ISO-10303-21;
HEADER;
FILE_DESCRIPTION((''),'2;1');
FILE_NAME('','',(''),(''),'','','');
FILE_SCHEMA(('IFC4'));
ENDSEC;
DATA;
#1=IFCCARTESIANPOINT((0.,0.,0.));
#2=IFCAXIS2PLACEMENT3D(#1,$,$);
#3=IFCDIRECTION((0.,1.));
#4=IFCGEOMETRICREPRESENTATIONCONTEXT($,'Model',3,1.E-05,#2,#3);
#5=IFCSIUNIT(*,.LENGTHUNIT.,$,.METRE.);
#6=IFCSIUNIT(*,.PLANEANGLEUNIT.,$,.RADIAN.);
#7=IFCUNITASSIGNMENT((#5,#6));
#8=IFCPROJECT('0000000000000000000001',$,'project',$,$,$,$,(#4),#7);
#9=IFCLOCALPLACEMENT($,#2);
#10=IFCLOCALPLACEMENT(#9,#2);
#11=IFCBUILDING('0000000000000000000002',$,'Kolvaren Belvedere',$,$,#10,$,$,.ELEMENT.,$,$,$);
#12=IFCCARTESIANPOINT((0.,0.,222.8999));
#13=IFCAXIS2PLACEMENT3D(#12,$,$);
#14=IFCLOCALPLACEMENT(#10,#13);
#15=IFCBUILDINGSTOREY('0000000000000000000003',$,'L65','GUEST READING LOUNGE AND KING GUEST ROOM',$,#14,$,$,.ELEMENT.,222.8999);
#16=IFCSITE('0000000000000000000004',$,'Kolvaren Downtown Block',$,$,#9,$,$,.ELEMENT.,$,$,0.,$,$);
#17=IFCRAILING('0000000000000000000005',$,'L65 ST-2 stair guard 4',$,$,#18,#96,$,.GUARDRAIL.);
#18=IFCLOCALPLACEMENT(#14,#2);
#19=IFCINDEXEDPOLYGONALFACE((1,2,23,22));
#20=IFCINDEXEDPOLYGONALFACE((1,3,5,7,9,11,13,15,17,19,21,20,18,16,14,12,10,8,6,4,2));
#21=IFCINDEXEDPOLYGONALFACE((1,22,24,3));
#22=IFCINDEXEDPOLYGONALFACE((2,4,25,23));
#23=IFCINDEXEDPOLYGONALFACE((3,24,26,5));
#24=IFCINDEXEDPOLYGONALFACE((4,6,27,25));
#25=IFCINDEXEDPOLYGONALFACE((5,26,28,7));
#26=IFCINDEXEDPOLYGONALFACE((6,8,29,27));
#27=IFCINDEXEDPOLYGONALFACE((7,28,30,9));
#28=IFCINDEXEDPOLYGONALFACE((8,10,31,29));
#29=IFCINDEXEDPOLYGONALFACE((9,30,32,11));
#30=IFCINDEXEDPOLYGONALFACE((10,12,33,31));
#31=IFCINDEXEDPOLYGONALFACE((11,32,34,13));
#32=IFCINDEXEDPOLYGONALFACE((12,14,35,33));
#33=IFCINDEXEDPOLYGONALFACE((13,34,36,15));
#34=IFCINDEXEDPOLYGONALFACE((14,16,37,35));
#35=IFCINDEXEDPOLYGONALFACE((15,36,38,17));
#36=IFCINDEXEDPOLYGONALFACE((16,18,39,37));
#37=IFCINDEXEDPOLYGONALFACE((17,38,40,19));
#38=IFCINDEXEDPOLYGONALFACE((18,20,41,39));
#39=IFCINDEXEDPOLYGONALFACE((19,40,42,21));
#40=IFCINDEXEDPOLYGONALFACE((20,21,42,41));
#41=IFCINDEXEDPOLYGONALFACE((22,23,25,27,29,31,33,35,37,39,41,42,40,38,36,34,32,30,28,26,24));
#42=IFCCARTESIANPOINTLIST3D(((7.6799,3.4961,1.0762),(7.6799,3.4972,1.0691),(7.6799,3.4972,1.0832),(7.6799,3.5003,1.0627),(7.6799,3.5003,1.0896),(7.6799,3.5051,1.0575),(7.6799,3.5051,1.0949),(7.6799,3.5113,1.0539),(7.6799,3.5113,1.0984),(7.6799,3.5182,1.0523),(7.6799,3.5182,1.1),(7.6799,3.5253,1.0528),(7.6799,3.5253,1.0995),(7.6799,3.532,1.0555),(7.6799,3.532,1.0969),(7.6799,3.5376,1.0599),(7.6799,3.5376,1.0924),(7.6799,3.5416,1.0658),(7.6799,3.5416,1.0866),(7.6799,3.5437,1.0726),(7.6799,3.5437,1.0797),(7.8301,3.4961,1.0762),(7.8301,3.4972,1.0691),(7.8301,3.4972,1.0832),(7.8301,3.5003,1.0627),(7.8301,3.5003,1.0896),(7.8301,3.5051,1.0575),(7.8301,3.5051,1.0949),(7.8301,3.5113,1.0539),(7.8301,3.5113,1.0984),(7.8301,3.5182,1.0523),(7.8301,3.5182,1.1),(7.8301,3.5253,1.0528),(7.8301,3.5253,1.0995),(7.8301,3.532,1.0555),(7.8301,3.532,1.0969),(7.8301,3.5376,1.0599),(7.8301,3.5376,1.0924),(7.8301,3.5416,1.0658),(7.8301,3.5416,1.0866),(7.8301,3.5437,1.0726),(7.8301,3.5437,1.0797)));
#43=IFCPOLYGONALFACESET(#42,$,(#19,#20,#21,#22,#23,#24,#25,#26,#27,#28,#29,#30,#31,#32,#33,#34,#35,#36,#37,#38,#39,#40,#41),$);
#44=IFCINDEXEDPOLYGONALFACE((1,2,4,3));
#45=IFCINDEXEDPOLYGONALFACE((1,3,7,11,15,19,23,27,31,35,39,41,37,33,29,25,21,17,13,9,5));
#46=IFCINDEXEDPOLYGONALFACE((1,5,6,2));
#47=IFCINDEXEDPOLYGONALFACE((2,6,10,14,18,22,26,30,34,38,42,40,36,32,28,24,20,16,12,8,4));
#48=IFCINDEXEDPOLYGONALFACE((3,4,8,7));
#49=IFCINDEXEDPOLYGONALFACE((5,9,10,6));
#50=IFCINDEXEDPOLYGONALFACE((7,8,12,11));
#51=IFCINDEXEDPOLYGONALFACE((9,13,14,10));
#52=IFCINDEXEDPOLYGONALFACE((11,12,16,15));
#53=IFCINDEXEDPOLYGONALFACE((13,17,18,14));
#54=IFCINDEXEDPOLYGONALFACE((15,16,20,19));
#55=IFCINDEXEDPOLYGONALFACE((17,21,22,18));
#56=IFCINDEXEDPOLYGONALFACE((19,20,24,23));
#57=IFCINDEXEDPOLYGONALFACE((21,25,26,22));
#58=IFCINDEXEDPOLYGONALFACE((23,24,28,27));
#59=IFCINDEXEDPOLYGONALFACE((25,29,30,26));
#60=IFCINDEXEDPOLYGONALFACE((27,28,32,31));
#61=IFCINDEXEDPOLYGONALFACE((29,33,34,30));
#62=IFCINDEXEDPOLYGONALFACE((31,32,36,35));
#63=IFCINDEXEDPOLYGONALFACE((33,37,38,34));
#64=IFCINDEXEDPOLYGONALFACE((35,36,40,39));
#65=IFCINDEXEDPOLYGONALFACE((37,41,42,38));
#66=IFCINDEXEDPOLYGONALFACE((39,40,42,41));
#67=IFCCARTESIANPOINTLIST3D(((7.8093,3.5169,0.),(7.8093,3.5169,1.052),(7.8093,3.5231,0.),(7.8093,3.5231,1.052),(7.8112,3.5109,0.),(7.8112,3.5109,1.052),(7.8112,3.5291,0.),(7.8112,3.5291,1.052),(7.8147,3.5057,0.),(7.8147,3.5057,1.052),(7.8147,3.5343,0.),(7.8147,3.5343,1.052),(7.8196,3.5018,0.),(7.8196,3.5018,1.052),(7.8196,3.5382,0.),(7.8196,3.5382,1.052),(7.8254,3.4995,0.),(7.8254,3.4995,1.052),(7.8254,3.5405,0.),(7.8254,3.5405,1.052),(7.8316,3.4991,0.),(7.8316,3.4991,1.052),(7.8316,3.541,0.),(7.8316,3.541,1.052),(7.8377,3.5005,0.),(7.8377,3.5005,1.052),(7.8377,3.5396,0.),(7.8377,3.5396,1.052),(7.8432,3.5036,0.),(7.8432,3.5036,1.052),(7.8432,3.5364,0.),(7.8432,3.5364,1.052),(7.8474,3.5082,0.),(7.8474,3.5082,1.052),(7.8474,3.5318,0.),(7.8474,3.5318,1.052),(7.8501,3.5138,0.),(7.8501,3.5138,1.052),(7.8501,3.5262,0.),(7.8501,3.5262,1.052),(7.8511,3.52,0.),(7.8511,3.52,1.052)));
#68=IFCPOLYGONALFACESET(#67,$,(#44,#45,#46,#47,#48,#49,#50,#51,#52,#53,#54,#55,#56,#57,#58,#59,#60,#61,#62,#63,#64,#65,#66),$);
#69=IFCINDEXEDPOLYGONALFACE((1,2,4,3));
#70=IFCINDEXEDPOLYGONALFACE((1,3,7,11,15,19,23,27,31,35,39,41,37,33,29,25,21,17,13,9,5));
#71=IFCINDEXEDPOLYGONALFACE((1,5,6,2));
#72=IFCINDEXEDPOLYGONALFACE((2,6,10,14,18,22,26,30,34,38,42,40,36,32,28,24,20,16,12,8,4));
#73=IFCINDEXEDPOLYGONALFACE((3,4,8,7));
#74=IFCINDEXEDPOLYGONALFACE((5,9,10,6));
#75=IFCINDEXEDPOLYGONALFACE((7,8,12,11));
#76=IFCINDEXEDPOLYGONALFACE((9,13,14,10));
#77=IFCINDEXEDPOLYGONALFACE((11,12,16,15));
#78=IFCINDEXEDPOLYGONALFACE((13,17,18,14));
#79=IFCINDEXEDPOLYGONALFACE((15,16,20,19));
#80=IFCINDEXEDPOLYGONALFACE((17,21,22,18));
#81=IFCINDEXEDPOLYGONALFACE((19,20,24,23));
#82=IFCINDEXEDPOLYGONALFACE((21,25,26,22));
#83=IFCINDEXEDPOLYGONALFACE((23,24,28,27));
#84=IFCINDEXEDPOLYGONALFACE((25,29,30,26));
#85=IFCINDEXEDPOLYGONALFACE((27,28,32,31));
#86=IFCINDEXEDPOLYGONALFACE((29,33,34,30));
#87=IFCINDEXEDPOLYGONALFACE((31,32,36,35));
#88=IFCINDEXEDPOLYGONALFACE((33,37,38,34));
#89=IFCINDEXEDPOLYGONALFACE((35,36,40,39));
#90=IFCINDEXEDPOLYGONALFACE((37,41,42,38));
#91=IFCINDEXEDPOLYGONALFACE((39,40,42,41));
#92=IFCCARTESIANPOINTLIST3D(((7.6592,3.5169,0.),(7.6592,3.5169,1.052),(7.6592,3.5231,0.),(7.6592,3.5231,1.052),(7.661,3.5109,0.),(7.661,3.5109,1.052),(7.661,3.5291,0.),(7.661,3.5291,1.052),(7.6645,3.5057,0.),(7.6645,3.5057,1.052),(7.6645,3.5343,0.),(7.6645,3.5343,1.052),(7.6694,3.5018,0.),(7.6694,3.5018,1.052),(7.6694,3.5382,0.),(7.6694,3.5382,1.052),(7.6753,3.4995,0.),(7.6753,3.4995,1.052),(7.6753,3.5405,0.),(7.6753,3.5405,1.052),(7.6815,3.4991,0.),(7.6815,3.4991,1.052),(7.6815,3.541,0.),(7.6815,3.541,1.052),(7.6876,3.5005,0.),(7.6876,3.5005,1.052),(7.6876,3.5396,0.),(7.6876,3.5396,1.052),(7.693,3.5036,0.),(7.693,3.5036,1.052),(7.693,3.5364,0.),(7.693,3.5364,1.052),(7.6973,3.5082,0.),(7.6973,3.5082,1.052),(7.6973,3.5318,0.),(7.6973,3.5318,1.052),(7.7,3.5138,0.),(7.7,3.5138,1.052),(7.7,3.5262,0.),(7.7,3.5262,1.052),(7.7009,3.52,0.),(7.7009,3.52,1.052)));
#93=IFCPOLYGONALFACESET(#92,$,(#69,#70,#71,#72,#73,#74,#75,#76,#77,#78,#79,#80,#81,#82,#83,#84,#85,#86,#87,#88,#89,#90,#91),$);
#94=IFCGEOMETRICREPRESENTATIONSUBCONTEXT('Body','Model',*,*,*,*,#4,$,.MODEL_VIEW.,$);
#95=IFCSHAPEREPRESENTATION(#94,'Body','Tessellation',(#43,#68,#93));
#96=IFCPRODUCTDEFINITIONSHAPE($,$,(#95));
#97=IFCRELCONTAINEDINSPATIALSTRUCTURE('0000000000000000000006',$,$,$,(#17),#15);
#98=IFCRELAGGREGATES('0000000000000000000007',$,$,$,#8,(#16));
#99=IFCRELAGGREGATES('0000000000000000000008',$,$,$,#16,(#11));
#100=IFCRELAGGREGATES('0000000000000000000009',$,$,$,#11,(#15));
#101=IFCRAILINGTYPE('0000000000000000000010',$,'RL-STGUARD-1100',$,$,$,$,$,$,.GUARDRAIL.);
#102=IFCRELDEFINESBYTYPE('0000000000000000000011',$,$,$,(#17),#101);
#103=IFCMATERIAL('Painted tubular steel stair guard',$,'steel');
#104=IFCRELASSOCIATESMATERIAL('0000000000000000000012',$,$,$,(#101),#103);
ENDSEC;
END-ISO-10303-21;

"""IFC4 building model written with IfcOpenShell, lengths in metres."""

from ifc_helpers import new_model, si_unit, direction, frame, origin, origin_2d, place, context, subcontext, project, spatial, circle, extrude, material, type_object, element, save


model = new_model("IFC4")

# Units and contexts
model_context = context("Model", 3, precision=1e-05, world=origin(), true_north=direction((0.0, 1.0)))
body_context = subcontext(model_context, "Body", "Model", "MODEL_VIEW")
ifc_project = project(units=[si_unit("LENGTHUNIT", "METRE"), si_unit("PLANEANGLEUNIT", "RADIAN")], contexts=[model_context])

# Site, building, storey
site_placement = place(None, origin())
site = spatial("IfcSite", under=ifc_project, at=site_placement, Name="Kolvaren Downtown Block", CompositionType="ELEMENT", RefElevation=0.0)
building_placement = place(site_placement, origin())
building = spatial("IfcBuilding", under=site, at=building_placement, Name="Kolvaren Belvedere", CompositionType="ELEMENT")
storey_placement = place(building_placement, frame((0.0, 0.0, 222.8999)))
storey = spatial("IfcBuildingStorey", under=building, at=storey_placement, Name="L65", Description="GUEST READING LOUNGE AND KING GUEST ROOM", CompositionType="ELEMENT", Elevation=222.8999)

# Railing
ifc_material_1 = material(Name="Painted tubular steel stair guard", Category="steel")
railing_type_1 = type_object("IfcRailingType", Name="RL-STGUARD-1100", PredefinedType="GUARDRAIL", material=ifc_material_1)
railing_1_placement = place(storey_placement, frame((7.8301, 3.52, 0.0)))
element("IfcRailing", 1, at=railing_1_placement, inside=storey, type_object=railing_type_1, Name="L65 ST-2 stair guard 4", PredefinedType="GUARDRAIL", context=body_context, shape_type="SweptSolid", body=[
    extrude(circle(Radius=0.0239, at=origin_2d()), frame((0.0, 0.0, 1.0762), z_axis=(-1.0, 0.0, 0.0), x_axis=(0.0, -1.0, 0.0)), (0.0, 0.0, 1.0), 0.1501),
    extrude(circle(Radius=0.021, at=origin_2d()), origin(), (0.0, 0.0, 1.0), 1.052),
    extrude(circle(Radius=0.021, at=origin_2d()), frame((-0.1501, 0.0, 0.0)), (0.0, 0.0, 1.0), 1.052),
])

save(model, "model.ifc")
